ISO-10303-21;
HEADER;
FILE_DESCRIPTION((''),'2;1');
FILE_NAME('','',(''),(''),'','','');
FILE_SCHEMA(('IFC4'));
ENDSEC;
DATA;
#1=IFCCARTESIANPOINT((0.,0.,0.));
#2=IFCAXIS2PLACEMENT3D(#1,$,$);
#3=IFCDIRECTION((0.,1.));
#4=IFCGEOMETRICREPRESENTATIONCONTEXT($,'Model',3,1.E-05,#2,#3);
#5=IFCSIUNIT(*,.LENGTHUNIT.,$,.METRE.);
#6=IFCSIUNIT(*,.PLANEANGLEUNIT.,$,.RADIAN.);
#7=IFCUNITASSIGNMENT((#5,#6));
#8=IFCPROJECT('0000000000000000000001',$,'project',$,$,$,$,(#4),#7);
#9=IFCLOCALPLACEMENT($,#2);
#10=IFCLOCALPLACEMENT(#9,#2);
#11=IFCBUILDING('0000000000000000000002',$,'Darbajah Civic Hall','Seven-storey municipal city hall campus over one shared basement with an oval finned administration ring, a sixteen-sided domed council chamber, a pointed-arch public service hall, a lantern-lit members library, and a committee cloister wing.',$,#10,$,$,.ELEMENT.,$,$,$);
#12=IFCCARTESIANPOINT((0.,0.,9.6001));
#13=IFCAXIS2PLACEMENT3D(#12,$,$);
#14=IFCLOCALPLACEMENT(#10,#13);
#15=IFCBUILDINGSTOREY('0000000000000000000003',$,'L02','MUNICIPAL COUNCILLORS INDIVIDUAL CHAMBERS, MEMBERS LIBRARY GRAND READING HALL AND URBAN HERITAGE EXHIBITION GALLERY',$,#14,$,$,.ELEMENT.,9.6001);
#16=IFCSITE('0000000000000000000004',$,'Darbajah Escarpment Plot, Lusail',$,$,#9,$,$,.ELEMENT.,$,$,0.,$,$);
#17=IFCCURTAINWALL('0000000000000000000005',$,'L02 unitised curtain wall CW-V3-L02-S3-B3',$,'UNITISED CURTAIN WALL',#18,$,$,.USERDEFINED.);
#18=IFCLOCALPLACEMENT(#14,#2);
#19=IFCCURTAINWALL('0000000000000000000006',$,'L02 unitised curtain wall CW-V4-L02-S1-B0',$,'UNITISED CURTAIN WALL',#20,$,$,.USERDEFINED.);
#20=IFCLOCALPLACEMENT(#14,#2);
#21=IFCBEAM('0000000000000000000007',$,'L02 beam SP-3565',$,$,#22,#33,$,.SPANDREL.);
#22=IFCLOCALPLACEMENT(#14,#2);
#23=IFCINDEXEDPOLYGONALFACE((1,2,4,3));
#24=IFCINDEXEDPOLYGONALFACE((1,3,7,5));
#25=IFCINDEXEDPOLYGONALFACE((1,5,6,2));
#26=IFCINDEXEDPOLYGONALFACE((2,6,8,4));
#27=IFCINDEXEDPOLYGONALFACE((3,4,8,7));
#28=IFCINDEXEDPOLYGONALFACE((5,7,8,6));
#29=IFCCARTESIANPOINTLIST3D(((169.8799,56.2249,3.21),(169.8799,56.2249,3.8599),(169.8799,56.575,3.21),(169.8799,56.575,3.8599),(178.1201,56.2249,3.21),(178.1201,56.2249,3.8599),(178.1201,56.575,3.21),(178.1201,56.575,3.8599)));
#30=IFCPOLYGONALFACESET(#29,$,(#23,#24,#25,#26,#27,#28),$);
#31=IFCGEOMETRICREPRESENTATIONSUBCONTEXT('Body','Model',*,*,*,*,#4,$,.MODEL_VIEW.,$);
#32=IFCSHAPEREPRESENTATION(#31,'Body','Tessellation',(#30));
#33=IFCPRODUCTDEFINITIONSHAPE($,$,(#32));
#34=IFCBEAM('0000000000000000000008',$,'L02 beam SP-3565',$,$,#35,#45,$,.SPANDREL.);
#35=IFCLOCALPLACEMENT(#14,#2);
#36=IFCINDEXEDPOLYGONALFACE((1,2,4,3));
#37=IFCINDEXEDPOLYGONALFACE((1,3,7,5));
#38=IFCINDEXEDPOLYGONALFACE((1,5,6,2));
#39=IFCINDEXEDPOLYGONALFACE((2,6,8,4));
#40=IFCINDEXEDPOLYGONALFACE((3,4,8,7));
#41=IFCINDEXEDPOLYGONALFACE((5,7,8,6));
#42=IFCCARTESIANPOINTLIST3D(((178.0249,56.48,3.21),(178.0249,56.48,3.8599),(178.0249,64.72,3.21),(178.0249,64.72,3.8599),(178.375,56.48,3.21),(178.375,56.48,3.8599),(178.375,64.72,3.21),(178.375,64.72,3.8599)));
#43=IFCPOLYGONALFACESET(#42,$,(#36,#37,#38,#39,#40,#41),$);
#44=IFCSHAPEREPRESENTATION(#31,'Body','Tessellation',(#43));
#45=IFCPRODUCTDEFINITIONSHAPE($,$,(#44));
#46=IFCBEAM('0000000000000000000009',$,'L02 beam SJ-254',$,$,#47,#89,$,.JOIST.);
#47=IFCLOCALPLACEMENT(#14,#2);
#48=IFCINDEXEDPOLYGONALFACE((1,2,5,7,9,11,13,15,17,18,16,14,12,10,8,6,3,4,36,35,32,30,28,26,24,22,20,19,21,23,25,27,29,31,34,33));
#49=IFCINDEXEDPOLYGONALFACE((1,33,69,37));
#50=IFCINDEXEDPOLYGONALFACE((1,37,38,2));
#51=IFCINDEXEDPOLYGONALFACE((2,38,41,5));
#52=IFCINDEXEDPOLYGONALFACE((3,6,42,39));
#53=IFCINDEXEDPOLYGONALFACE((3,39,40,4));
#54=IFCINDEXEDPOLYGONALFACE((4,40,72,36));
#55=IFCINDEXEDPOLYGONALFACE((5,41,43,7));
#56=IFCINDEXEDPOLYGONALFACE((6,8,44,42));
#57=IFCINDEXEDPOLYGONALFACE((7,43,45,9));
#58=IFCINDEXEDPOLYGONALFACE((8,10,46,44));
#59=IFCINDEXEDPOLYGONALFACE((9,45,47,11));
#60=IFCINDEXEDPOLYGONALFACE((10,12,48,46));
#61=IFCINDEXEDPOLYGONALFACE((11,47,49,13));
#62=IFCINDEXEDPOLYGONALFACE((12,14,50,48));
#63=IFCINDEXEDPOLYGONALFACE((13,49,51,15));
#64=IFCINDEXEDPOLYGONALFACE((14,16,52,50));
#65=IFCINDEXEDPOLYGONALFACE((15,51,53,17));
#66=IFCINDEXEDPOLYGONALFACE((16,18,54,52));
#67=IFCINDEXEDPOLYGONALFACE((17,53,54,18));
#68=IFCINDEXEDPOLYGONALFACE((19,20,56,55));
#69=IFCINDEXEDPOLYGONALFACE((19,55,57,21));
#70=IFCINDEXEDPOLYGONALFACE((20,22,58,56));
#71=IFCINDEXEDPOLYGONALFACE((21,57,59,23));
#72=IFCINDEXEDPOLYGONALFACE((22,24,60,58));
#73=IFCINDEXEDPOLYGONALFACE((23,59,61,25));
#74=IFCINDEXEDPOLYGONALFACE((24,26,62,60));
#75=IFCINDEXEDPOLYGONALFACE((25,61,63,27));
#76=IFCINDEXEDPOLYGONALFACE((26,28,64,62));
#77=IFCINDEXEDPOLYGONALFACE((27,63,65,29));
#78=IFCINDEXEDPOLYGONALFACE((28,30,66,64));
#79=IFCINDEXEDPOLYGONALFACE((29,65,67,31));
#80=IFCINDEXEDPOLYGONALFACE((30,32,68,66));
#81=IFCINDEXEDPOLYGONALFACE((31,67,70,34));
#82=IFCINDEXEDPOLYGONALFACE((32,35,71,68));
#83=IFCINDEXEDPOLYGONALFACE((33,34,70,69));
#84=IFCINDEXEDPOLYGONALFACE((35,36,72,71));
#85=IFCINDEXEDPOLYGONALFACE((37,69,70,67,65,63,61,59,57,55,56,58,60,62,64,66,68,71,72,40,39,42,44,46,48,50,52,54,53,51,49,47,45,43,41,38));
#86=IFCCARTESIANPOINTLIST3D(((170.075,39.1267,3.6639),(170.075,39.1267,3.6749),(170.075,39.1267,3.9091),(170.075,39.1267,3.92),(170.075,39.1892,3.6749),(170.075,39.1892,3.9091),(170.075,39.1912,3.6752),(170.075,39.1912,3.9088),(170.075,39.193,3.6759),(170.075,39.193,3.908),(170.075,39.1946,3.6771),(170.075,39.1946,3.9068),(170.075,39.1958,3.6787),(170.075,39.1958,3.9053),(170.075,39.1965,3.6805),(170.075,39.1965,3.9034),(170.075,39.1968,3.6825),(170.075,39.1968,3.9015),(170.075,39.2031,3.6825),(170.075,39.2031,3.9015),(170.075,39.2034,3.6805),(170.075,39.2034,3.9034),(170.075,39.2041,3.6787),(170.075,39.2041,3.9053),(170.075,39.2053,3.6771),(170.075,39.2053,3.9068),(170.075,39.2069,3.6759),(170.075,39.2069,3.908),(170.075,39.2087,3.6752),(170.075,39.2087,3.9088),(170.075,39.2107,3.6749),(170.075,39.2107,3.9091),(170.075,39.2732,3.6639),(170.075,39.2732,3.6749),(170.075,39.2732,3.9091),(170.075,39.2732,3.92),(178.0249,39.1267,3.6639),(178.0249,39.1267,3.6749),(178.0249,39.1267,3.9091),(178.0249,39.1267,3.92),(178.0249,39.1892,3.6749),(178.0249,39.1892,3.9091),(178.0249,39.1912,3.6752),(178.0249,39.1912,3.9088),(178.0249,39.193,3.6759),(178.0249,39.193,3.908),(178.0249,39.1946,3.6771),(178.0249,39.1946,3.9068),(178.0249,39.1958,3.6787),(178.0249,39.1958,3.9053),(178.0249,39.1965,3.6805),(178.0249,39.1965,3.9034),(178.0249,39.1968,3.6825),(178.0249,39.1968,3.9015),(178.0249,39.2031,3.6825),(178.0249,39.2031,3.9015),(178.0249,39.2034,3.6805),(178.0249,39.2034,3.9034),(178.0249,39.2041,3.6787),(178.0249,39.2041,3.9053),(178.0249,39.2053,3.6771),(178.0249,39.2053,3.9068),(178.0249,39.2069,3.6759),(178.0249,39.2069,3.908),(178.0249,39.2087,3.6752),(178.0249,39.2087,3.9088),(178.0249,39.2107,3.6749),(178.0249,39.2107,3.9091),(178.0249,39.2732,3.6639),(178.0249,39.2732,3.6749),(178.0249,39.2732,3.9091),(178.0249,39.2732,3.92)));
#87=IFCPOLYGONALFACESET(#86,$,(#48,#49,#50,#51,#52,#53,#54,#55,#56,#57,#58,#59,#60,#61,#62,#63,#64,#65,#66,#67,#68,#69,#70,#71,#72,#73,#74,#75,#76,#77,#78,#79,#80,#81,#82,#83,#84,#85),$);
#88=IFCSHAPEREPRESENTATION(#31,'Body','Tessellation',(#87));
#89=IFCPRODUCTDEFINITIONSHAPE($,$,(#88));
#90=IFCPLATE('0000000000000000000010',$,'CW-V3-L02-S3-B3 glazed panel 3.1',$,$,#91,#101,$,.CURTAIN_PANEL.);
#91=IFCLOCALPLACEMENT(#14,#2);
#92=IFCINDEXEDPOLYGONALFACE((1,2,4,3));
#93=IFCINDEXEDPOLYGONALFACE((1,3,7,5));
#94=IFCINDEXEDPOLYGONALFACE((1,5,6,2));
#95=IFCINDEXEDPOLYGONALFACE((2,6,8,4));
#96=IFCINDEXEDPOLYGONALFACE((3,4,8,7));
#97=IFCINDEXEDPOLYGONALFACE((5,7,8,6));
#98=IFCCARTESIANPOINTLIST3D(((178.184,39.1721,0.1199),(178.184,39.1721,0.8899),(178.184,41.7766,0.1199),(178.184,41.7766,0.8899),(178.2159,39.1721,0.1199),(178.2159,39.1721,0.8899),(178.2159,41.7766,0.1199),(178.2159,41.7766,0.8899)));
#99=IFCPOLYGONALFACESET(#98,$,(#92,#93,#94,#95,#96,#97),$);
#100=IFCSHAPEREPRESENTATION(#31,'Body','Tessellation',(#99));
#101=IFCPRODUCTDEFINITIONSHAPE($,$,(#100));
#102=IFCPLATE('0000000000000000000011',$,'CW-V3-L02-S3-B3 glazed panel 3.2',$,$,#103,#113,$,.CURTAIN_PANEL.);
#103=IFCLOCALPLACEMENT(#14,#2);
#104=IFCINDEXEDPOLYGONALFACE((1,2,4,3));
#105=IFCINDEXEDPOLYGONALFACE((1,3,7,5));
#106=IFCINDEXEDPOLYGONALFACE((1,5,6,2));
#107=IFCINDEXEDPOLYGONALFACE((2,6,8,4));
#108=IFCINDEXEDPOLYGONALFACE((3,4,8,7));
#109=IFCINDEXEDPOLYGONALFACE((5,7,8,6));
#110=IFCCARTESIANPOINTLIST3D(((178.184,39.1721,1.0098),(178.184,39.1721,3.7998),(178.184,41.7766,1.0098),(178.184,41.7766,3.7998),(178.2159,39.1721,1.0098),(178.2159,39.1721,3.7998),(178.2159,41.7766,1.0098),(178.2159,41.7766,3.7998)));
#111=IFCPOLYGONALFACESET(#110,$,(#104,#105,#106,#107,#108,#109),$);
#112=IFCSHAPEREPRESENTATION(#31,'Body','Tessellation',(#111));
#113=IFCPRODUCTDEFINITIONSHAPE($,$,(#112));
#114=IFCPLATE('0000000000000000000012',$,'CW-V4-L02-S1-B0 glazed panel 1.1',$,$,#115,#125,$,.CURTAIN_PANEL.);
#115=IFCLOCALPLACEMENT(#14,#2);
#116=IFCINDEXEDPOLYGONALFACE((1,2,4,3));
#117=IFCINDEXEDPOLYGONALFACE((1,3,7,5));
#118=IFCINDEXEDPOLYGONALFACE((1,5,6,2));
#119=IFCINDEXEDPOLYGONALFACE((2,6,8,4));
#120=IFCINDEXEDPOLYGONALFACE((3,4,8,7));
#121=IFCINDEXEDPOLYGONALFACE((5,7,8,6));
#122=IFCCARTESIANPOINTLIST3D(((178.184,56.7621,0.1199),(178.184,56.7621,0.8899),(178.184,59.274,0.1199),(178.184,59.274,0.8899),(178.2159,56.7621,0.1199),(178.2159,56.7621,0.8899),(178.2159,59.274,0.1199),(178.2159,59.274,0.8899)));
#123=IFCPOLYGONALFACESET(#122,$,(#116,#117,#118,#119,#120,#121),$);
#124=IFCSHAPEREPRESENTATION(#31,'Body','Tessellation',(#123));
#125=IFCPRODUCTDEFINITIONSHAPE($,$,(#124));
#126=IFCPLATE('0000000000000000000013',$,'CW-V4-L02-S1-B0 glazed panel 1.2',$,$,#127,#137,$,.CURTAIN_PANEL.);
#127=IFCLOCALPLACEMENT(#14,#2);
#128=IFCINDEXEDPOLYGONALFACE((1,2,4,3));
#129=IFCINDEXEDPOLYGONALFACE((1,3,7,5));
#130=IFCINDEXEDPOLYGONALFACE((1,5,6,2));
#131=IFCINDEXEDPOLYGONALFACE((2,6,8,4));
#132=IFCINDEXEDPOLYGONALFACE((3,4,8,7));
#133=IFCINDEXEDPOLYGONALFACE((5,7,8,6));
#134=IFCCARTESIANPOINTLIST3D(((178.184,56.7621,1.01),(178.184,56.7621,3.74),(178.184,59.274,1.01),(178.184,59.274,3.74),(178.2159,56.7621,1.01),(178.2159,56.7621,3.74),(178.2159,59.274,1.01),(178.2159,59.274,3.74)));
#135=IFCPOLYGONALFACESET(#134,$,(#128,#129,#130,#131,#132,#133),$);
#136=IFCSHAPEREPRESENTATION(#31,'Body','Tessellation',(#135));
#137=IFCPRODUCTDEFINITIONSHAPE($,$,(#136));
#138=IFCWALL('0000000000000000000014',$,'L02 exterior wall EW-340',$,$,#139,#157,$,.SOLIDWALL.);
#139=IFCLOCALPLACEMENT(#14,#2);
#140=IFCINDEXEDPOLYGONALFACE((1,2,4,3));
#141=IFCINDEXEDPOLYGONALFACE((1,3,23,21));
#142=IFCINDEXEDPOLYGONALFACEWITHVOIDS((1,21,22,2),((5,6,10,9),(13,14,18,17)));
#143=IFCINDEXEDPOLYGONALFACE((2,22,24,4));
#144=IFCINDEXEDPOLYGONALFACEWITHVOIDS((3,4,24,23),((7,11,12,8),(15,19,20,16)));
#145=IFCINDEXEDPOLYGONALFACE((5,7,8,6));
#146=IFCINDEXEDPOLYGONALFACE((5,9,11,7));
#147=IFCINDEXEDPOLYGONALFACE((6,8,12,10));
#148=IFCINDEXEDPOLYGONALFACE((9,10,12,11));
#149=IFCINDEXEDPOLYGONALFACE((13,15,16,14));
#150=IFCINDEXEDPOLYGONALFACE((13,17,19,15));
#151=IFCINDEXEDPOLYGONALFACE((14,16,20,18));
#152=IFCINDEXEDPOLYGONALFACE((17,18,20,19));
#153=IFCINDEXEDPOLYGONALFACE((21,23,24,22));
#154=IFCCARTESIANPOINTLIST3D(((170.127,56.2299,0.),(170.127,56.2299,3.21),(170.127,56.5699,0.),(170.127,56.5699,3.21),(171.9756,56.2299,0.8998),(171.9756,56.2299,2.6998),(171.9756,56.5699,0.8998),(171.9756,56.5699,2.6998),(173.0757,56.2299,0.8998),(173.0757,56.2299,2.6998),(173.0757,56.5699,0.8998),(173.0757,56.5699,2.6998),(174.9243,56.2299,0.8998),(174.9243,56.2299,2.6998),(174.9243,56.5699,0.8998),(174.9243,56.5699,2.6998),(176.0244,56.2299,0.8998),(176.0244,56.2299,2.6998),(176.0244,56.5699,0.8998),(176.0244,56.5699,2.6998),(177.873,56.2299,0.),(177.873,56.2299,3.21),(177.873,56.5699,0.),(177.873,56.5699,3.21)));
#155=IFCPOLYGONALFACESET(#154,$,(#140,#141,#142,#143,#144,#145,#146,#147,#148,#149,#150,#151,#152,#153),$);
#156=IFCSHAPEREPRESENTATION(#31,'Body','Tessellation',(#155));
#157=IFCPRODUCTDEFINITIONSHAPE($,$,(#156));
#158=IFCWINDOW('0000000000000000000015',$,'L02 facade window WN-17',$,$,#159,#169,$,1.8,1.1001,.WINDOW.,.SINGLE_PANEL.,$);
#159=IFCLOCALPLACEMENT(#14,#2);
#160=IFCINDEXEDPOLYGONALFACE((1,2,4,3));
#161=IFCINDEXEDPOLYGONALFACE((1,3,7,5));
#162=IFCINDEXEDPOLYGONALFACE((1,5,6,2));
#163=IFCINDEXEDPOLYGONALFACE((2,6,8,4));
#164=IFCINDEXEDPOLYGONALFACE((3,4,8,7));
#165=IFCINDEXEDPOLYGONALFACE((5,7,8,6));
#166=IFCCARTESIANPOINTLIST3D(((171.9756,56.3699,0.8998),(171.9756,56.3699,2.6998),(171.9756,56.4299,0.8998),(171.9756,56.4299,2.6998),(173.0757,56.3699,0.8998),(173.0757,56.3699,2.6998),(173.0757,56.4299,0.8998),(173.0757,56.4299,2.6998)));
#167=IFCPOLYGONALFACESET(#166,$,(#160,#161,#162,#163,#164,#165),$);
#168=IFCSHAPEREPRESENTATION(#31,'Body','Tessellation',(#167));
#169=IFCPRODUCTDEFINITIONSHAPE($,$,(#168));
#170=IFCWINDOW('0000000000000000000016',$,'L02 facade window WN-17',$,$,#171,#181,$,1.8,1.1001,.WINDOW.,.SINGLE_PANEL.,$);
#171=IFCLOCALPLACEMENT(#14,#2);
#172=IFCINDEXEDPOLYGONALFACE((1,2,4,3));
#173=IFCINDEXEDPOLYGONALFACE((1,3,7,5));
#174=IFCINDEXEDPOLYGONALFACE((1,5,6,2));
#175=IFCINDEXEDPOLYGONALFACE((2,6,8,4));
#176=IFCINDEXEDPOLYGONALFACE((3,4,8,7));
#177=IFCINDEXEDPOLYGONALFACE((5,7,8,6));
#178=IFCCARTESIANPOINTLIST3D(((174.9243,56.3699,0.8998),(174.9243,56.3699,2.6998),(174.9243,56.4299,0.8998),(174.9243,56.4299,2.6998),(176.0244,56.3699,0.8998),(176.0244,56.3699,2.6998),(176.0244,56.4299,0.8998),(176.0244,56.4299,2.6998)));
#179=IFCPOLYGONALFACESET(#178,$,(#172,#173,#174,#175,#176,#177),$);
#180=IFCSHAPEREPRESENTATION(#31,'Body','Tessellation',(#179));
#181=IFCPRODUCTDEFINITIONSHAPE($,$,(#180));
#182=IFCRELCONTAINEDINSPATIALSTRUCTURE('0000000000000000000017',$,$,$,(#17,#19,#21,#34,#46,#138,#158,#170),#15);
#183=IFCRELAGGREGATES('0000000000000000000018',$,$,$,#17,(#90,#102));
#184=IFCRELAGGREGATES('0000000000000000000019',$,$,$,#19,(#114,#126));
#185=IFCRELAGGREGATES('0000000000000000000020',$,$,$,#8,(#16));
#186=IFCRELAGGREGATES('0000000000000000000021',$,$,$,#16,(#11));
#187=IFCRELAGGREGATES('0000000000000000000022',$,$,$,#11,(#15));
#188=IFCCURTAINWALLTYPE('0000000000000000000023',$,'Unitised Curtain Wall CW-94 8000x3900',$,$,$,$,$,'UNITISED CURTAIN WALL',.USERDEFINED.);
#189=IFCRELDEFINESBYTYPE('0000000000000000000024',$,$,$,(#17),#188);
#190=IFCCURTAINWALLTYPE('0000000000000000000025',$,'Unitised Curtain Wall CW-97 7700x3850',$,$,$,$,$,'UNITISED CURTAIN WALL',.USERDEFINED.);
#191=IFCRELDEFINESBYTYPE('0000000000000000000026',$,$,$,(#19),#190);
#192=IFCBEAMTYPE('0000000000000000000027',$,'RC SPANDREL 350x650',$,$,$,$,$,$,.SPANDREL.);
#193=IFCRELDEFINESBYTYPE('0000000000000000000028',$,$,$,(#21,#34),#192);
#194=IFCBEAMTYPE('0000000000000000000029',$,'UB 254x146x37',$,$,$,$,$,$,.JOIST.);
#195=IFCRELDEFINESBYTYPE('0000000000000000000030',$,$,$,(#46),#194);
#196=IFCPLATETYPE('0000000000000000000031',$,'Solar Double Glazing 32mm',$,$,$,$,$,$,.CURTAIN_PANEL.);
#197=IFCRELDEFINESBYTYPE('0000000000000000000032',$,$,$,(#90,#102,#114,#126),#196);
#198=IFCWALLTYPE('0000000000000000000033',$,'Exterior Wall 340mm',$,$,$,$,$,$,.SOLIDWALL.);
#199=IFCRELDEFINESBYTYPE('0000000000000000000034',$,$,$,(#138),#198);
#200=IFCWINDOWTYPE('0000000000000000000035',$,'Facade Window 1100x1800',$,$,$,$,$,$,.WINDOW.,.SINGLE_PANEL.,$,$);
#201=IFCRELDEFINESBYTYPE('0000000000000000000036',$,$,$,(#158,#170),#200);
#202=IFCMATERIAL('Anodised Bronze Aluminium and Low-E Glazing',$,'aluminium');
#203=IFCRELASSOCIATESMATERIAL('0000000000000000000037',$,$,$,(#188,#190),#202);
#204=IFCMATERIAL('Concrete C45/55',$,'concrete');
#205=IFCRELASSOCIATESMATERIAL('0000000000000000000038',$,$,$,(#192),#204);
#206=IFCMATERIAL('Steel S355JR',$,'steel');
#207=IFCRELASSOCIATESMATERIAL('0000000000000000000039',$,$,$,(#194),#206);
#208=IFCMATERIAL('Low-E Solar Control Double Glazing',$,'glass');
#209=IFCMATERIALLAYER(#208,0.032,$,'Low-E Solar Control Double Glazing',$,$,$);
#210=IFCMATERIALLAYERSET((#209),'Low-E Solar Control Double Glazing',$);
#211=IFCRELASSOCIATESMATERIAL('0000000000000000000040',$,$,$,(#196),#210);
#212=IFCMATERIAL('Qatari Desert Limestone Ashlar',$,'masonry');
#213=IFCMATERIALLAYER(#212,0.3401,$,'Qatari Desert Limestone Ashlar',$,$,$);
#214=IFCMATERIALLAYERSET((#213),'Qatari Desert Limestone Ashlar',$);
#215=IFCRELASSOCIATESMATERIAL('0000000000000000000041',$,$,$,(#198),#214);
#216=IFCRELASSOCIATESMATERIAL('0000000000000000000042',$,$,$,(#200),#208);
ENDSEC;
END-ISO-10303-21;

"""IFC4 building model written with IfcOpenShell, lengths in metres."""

from ifc_helpers import new_model, si_unit, direction, frame, frame_2d, origin, origin_2d, place, context, subcontext, project, spatial, rectangle, i_section, extrude, material, layer, layer_set, material_profile, profile_set, type_object, element, fill, aggregate, save


model = new_model("IFC4")

# Units and contexts
model_context = context("Model", 3, precision=1e-05, world=origin(), true_north=direction((0.0, 1.0)))
body_context = subcontext(model_context, "Body", "Model", "MODEL_VIEW")
ifc_project = project(units=[si_unit("LENGTHUNIT", "METRE"), si_unit("PLANEANGLEUNIT", "RADIAN")], contexts=[model_context])

# Site, building, storey
site_placement = place(None, origin())
site = spatial("IfcSite", under=ifc_project, at=site_placement, Name="Darbajah Escarpment Plot, Lusail", CompositionType="ELEMENT", RefElevation=0.0)
building_placement = place(site_placement, origin())
building = spatial("IfcBuilding", under=site, at=building_placement, Name="Darbajah Civic Hall", Description="Seven-storey municipal city hall campus over one shared basement with an oval finned administration ring, a sixteen-sided domed council chamber, a pointed-arch public service hall, a lantern-lit members library, and a committee cloister wing.", CompositionType="ELEMENT")
storey_placement = place(building_placement, frame((0.0, 0.0, 9.6001)))
storey = spatial("IfcBuildingStorey", under=building, at=storey_placement, Name="L02", Description="MUNICIPAL COUNCILLORS INDIVIDUAL CHAMBERS, MEMBERS LIBRARY GRAND READING HALL AND URBAN HERITAGE EXHIBITION GALLERY", CompositionType="ELEMENT", Elevation=9.6001)

# Shared definitions
ifc_material_1 = material(Name="Concrete C45/55", Category="concrete")
ifc_material_2 = material(Name="Steel S355JR", Category="steel")

# Curtain wall
ifc_material_3 = material(Name="Anodised Bronze Aluminium and Low-E Glazing", Category="aluminium")
curtain_wall_type_1 = type_object("IfcCurtainWallType", Name="Unitised Curtain Wall CW-94 8000x3900", ElementType="UNITISED CURTAIN WALL", PredefinedType="USERDEFINED", material=ifc_material_3)
curtain_wall_1_placement = place(storey_placement, origin())
curtain_wall_1 = element("IfcCurtainWall", 1, at=curtain_wall_1_placement, inside=storey, type_object=curtain_wall_type_1, Name="L02 unitised curtain wall CW-V3-L02-S3-B3", ObjectType="UNITISED CURTAIN WALL", PredefinedType="USERDEFINED")

# Curtain wall
curtain_wall_type_2 = type_object("IfcCurtainWallType", Name="Unitised Curtain Wall CW-97 7700x3850", ElementType="UNITISED CURTAIN WALL", PredefinedType="USERDEFINED", material=ifc_material_3)
curtain_wall_2_placement = place(storey_placement, origin())
curtain_wall_2 = element("IfcCurtainWall", 2, at=curtain_wall_2_placement, inside=storey, type_object=curtain_wall_type_2, Name="L02 unitised curtain wall CW-V4-L02-S1-B0", ObjectType="UNITISED CURTAIN WALL", PredefinedType="USERDEFINED")

# Beams
ifc_material_profile_1 = material_profile(ifc_material_1, rectangle(XDim=0.3501, YDim=0.6499, at=origin_2d()), Name="RC SPANDREL 350x650")
ifc_profile_set_1 = profile_set([ifc_material_profile_1], Name="Concrete C45/55")
beam_type_1 = type_object("IfcBeamType", Name="RC SPANDREL 350x650", PredefinedType="SPANDREL", material=ifc_profile_set_1)
for number, where, z_axis, x_axis, name in (
    (3, (169.8799, 56.3999, 3.5349), (1.0, 0.0, 0.0), (0.0, 1.0, 0.0), "L02 beam SP-3565"),
):
    element("IfcBeam", number, at=place(storey_placement, frame(where, z_axis=z_axis, x_axis=x_axis)), inside=storey, type_object=beam_type_1, Name=name, PredefinedType="SPANDREL", context=body_context, shape_type="SweptSolid", body=[
        extrude(rectangle(XDim=0.3501, YDim=0.6499, at=origin_2d()), origin(), (0.0, 0.0, 1.0), 8.2402),
    ])
beam_1_placement = place(storey_placement, frame((178.2, 56.48, 3.5349), z_axis=(0.0, 1.0, 0.0), x_axis=(-1.0, 0.0, 0.0)))
element("IfcBeam", 4, at=beam_1_placement, inside=storey, type_object=beam_type_1, Name="L02 beam SP-3565", PredefinedType="SPANDREL", context=body_context, shape_type="SweptSolid", body=[
    extrude(rectangle(XDim=0.3501, YDim=0.6499, at=origin_2d()), origin(), (0.0, 0.0, 1.0), 8.24),
])
ifc_material_profile_2 = material_profile(ifc_material_2, i_section(OverallWidth=0.1465, OverallDepth=0.2561, WebThickness=0.0063, FlangeThickness=0.011, FilletRadius=0.0076, at=origin_2d()), Name="UB 254x146x37")
ifc_profile_set_2 = profile_set([ifc_material_profile_2], Name="Steel S355JR")
beam_type_2 = type_object("IfcBeamType", Name="UB 254x146x37", PredefinedType="JOIST", material=ifc_profile_set_2)
beam_2_placement = place(storey_placement, frame((170.075, 39.2, 3.792), z_axis=(1.0, 0.0, 0.0), x_axis=(0.0, 1.0, 0.0)))
element("IfcBeam", 5, at=beam_2_placement, inside=storey, type_object=beam_type_2, Name="L02 beam SJ-254", PredefinedType="JOIST", context=body_context, shape_type="SweptSolid", body=[
    extrude(i_section(OverallWidth=0.1465, OverallDepth=0.2561, WebThickness=0.0063, FlangeThickness=0.011, FilletRadius=0.0076, at=origin_2d()), origin(), (0.0, 0.0, 1.0), 7.95),
])

# Plates
ifc_material_4 = material(Name="Low-E Solar Control Double Glazing", Category="glass")
ifc_layer_1 = layer(ifc_material_4, 0.032, Name="Low-E Solar Control Double Glazing")
ifc_layer_set_1 = layer_set([ifc_layer_1], Name="Low-E Solar Control Double Glazing")
plate_type = type_object("IfcPlateType", Name="Solar Double Glazing 32mm", PredefinedType="CURTAIN_PANEL", material=ifc_layer_set_1)
plate_1_placement = place(storey_placement, frame((178.2, 40.4744, 0.1199), z_axis=(0.0, 0.0, 1.0), x_axis=(0.0, 1.0, 0.0)))
plate_1 = element("IfcPlate", 6, at=plate_1_placement, type_object=plate_type, Name="CW-V3-L02-S3-B3 glazed panel 3.1", PredefinedType="CURTAIN_PANEL", context=body_context, shape_type="SweptSolid", body=[
    extrude(rectangle(XDim=2.6045, YDim=0.032, at=origin_2d()), origin(), (0.0, 0.0, 1.0), 0.77),
])
plate_2_placement = place(storey_placement, frame((178.2, 40.4744, 1.0098), z_axis=(0.0, 0.0, 1.0), x_axis=(0.0, 1.0, 0.0)))
plate_2 = element("IfcPlate", 7, at=plate_2_placement, type_object=plate_type, Name="CW-V3-L02-S3-B3 glazed panel 3.2", PredefinedType="CURTAIN_PANEL", context=body_context, shape_type="SweptSolid", body=[
    extrude(rectangle(XDim=2.6045, YDim=0.032, at=origin_2d()), origin(), (0.0, 0.0, 1.0), 2.79),
])
aggregate(curtain_wall_1, [plate_1, plate_2])
plate_3_placement = place(storey_placement, frame((178.2, 58.0181, 0.1199), z_axis=(0.0, 0.0, 1.0), x_axis=(0.0, 1.0, 0.0)))
plate_3 = element("IfcPlate", 8, at=plate_3_placement, type_object=plate_type, Name="CW-V4-L02-S1-B0 glazed panel 1.1", PredefinedType="CURTAIN_PANEL", context=body_context, shape_type="SweptSolid", body=[
    extrude(rectangle(XDim=2.512, YDim=0.032, at=origin_2d()), origin(), (0.0, 0.0, 1.0), 0.77),
])
plate_4_placement = place(storey_placement, frame((178.2, 58.0181, 1.01), z_axis=(0.0, 0.0, 1.0), x_axis=(0.0, 1.0, 0.0)))
plate_4 = element("IfcPlate", 9, at=plate_4_placement, type_object=plate_type, Name="CW-V4-L02-S1-B0 glazed panel 1.2", PredefinedType="CURTAIN_PANEL", context=body_context, shape_type="SweptSolid", body=[
    extrude(rectangle(XDim=2.512, YDim=0.032, at=origin_2d()), origin(), (0.0, 0.0, 1.0), 2.73),
])
aggregate(curtain_wall_2, [plate_3, plate_4])

# Wall, openings, windows
ifc_material_5 = material(Name="Qatari Desert Limestone Ashlar", Category="masonry")
ifc_layer_2 = layer(ifc_material_5, 0.3401, Name="Qatari Desert Limestone Ashlar")
ifc_layer_set_2 = layer_set([ifc_layer_2], Name="Qatari Desert Limestone Ashlar")
wall_type_1 = type_object("IfcWallType", Name="Exterior Wall 340mm", PredefinedType="SOLIDWALL", material=ifc_layer_set_2)
wall_1_placement = place(storey_placement, frame((170.127, 56.3999, 0.0), z_axis=(0.0, 0.0, 1.0), x_axis=(1.0, 0.0, 0.0)))
wall_1 = element("IfcWall", 10, at=wall_1_placement, inside=storey, type_object=wall_type_1, Name="L02 exterior wall EW-340", PredefinedType="SOLIDWALL", context=body_context, shape_type="SweptSolid", body=[
    extrude(rectangle(XDim=7.7461, YDim=0.3401, at=frame_2d((3.873, 0.0))), origin(), (0.0, 0.0, 1.0), 3.21),
])
opening_1_placement = place(wall_1_placement, frame((1.8486, 0.0, 0.8999)))
opening_1 = element("IfcOpeningElement", 11, at=opening_1_placement, cuts=wall_1, PredefinedType="OPENING", context=body_context, shape_type="SweptSolid", body=[
    extrude(rectangle(XDim=1.1001, YDim=1.8, at=frame_2d((0.55, 0.8999))), frame((0.0, 0.1799, 0.0), z_axis=(0.0, -1.0, 0.0), x_axis=(1.0, 0.0, 0.0)), (0.0, 0.0, 1.0), 0.3601),
])
opening_2_placement = place(wall_1_placement, frame((4.7974, 0.0, 0.8999)))
opening_2 = element("IfcOpeningElement", 12, at=opening_2_placement, cuts=wall_1, PredefinedType="OPENING", context=body_context, shape_type="SweptSolid", body=[
    extrude(rectangle(XDim=1.1001, YDim=1.8, at=frame_2d((0.55, 0.8999))), frame((0.0, 0.1799, 0.0), z_axis=(0.0, -1.0, 0.0), x_axis=(1.0, 0.0, 0.0)), (0.0, 0.0, 1.0), 0.3601),
])
window_type_1 = type_object("IfcWindowType", Name="Facade Window 1100x1800", PartitioningType="SINGLE_PANEL", PredefinedType="WINDOW", material=ifc_material_4)
window_1_placement = place(opening_1_placement, origin())
window_1 = element("IfcWindow", 13, at=window_1_placement, inside=storey, type_object=window_type_1, Name="L02 facade window WN-17", OverallHeight=1.8, OverallWidth=1.1001, PartitioningType="SINGLE_PANEL", PredefinedType="WINDOW", context=body_context, shape_type="SweptSolid", body=[
    extrude(rectangle(XDim=1.1001, YDim=1.8, at=frame_2d((0.55, 0.8999))), frame((0.0, 0.03, 0.0), z_axis=(0.0, -1.0, 0.0), x_axis=(1.0, 0.0, 0.0)), (0.0, 0.0, 1.0), 0.0601),
])
fill(opening_1, window_1)
window_2_placement = place(opening_2_placement, origin())
window_2 = element("IfcWindow", 14, at=window_2_placement, inside=storey, type_object=window_type_1, Name="L02 facade window WN-17", OverallHeight=1.8, OverallWidth=1.1001, PartitioningType="SINGLE_PANEL", PredefinedType="WINDOW", context=body_context, shape_type="SweptSolid", body=[
    extrude(rectangle(XDim=1.1001, YDim=1.8, at=frame_2d((0.55, 0.8999))), frame((0.0, 0.03, 0.0), z_axis=(0.0, -1.0, 0.0), x_axis=(1.0, 0.0, 0.0)), (0.0, 0.0, 1.0), 0.0601),
])
fill(opening_2, window_2)

save(model, "model.ifc")
